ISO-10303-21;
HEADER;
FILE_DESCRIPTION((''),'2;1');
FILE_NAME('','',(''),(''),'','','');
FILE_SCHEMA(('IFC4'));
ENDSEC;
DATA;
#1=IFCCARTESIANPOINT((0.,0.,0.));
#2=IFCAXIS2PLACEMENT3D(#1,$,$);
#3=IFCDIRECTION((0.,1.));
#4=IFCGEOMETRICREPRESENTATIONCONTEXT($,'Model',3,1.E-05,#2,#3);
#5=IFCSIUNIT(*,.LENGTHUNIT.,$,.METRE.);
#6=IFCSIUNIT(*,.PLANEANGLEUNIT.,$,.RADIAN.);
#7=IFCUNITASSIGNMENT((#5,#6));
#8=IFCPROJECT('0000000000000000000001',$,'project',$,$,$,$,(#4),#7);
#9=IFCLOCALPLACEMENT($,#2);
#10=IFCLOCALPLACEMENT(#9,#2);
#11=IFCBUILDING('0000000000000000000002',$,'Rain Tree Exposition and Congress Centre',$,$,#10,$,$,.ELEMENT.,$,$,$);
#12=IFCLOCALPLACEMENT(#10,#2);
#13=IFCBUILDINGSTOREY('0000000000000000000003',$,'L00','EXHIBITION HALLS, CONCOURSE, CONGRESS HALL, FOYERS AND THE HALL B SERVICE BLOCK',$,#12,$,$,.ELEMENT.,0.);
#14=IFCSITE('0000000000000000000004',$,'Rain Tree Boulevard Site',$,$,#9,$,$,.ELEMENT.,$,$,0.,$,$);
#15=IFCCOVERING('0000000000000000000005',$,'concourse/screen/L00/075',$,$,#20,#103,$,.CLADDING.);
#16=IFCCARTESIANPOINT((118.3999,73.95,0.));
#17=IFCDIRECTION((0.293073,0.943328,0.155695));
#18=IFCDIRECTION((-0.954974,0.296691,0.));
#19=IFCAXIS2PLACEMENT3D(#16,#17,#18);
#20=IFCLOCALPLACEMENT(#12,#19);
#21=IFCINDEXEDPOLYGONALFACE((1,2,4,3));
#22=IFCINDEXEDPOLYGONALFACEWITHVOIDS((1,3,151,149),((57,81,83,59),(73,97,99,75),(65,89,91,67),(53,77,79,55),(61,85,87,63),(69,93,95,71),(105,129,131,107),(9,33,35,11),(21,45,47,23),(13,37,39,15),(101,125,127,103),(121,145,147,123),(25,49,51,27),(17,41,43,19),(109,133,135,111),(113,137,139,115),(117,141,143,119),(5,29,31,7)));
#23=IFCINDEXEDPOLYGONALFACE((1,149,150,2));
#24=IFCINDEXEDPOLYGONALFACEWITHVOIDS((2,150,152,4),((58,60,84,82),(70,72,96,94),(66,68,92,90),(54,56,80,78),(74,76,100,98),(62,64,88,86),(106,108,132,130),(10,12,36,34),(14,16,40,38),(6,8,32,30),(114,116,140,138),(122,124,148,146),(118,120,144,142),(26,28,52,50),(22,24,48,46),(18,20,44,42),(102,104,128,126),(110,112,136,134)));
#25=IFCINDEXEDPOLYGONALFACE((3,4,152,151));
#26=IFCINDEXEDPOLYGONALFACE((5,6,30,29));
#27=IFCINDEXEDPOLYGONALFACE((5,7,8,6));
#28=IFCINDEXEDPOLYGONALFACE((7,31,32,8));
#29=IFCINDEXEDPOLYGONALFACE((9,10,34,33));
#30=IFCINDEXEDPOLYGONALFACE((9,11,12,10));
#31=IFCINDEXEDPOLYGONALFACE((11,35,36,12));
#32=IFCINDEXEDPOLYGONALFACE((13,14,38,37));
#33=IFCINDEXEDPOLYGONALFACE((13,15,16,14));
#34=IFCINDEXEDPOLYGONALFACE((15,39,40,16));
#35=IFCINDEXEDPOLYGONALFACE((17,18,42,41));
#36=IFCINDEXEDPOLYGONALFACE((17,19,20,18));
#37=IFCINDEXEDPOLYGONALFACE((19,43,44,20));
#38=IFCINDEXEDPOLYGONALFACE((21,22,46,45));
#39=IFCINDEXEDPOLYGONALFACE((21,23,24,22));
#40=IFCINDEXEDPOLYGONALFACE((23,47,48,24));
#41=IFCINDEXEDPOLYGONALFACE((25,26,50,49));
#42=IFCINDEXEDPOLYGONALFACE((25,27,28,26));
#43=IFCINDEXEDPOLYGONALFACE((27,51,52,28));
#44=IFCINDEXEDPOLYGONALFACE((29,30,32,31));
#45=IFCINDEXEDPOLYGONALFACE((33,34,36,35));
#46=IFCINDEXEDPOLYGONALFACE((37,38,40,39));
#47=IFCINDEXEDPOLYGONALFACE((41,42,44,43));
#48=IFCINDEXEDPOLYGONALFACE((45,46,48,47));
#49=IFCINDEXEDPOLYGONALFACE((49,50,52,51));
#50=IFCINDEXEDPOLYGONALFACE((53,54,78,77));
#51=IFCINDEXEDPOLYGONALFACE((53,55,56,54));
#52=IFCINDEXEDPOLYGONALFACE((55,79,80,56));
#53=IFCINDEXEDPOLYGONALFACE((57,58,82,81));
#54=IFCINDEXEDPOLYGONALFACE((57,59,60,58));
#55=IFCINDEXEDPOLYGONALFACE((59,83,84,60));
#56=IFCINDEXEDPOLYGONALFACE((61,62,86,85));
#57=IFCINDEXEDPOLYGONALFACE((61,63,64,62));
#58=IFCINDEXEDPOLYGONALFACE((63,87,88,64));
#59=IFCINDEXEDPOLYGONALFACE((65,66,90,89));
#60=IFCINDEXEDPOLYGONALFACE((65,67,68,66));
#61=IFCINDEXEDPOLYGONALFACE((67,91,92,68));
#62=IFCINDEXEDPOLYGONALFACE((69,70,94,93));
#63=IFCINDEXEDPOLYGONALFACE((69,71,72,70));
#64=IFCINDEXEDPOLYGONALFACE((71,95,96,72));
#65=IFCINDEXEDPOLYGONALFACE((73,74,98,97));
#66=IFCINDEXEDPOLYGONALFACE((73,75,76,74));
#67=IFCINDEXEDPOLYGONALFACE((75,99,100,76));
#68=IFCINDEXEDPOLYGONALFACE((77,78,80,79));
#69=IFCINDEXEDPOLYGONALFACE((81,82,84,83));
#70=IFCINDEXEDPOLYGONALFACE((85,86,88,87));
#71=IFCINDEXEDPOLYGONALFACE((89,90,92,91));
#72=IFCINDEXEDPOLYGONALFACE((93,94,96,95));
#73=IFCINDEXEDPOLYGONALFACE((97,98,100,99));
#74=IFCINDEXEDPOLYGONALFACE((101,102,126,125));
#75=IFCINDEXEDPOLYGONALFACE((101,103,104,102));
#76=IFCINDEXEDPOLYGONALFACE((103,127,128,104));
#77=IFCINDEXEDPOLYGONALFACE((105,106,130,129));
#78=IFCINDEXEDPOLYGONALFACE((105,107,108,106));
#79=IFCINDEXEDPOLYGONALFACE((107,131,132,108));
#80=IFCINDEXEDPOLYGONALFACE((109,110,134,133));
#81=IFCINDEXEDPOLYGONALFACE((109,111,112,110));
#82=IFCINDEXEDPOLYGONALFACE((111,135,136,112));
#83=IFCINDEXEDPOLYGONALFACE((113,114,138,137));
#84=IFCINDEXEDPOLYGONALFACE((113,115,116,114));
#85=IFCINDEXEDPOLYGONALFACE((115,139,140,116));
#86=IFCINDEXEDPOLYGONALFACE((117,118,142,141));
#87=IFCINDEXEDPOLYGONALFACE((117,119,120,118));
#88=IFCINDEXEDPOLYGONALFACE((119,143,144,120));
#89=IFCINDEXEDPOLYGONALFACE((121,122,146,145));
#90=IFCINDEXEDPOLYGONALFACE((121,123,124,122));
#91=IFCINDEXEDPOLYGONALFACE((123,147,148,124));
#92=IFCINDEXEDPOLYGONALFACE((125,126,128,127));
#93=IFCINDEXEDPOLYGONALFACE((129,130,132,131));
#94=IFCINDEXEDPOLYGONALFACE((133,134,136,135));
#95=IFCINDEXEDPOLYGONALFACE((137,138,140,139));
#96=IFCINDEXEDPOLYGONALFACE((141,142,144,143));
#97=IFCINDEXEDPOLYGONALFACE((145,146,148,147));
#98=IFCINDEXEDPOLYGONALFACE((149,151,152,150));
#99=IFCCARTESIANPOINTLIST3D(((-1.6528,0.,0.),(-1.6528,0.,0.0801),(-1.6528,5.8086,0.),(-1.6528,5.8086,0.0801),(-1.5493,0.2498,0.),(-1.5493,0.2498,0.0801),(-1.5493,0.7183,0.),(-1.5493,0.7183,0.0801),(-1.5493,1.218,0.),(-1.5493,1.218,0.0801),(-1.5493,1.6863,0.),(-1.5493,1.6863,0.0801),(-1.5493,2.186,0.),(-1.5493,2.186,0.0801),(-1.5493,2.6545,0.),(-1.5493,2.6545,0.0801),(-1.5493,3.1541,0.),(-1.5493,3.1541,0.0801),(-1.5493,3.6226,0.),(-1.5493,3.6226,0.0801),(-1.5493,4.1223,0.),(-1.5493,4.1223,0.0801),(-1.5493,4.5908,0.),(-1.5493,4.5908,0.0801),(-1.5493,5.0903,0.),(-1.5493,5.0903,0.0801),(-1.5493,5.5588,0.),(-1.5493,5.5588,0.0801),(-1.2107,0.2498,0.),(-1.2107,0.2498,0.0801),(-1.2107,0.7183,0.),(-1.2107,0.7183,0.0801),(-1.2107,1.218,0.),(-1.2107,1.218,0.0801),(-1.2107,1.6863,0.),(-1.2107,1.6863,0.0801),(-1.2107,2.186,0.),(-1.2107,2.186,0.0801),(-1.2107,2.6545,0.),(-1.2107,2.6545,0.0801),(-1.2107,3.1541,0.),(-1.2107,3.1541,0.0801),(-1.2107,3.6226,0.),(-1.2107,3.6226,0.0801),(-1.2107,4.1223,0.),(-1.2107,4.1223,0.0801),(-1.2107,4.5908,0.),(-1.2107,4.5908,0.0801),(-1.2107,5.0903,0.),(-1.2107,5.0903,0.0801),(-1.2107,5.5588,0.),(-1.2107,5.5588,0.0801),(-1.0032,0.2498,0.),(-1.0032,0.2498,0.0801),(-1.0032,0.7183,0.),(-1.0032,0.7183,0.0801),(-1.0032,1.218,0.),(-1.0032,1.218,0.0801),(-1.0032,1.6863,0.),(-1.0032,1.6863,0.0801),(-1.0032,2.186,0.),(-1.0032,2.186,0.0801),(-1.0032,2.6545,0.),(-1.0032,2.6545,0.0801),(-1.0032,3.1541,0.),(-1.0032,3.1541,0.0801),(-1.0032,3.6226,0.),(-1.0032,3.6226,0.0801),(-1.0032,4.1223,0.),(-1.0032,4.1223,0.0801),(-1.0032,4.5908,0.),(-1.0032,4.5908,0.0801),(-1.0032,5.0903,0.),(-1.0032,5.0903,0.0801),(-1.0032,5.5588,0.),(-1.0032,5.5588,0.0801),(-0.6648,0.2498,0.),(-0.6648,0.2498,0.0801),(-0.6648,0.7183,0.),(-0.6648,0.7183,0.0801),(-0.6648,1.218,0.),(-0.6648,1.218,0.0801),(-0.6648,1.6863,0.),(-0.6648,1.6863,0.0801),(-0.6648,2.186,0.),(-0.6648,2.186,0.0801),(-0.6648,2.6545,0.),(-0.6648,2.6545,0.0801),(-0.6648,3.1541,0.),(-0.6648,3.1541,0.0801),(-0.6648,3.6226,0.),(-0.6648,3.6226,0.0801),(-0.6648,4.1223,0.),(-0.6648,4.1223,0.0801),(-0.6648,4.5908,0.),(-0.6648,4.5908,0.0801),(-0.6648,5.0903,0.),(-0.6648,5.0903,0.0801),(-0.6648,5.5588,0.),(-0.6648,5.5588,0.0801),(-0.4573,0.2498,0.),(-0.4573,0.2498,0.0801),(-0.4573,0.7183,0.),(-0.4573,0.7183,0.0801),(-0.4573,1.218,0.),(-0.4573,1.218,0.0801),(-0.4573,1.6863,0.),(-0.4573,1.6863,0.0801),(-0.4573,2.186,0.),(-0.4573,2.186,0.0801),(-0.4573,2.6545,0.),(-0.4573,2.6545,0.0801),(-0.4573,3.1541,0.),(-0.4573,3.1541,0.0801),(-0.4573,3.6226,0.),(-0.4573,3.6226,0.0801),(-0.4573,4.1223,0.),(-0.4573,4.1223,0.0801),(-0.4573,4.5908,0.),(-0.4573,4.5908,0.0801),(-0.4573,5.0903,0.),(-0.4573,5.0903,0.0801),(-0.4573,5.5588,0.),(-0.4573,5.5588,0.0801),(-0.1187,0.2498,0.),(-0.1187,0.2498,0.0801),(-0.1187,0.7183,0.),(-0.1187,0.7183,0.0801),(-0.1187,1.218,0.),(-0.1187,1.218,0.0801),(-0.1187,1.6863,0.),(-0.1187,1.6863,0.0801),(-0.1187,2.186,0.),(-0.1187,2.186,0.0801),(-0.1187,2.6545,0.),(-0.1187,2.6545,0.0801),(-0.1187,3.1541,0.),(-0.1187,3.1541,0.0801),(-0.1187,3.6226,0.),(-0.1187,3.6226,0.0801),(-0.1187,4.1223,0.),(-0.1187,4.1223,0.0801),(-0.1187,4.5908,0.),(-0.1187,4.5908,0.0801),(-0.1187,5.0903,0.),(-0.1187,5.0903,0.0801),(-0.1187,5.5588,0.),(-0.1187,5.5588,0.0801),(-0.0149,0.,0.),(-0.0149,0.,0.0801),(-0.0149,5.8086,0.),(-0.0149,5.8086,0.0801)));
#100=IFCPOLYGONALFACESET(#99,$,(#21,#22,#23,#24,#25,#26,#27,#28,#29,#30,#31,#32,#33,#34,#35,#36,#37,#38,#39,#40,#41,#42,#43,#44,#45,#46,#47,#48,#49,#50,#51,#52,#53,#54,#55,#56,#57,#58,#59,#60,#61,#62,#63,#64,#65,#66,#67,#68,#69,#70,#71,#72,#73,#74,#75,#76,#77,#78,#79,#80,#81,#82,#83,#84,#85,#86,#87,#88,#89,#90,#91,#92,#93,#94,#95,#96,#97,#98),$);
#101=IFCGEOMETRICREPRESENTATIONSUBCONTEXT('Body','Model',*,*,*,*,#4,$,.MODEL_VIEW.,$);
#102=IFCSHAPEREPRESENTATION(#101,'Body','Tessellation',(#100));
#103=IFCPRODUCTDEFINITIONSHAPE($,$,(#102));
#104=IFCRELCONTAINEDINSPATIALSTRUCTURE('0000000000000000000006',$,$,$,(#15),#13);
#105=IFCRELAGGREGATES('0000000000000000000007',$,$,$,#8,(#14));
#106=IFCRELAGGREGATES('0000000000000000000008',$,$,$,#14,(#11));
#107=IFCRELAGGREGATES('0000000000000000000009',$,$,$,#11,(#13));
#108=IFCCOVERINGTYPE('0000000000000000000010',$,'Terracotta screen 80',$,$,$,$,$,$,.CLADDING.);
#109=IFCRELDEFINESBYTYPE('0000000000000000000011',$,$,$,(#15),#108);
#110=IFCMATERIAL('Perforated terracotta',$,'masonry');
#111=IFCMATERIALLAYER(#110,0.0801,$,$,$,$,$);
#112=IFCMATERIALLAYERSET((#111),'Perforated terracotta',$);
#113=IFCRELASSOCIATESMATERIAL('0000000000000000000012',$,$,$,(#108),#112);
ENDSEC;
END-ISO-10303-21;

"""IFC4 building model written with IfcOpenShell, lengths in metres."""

from ifc_helpers import new_model, si_unit, direction, frame, origin, place, context, subcontext, project, spatial, polyline, outline, extrude, material, layer, layer_set, type_object, element, save


model = new_model("IFC4")

# Units and contexts
model_context = context("Model", 3, precision=1e-05, world=origin(), true_north=direction((0.0, 1.0)))
body_context = subcontext(model_context, "Body", "Model", "MODEL_VIEW")
ifc_project = project(units=[si_unit("LENGTHUNIT", "METRE"), si_unit("PLANEANGLEUNIT", "RADIAN")], contexts=[model_context])

# Site, building, storey
site_placement = place(None, origin())
site = spatial("IfcSite", under=ifc_project, at=site_placement, Name="Rain Tree Boulevard Site", CompositionType="ELEMENT", RefElevation=0.0)
building_placement = place(site_placement, origin())
building = spatial("IfcBuilding", under=site, at=building_placement, Name="Rain Tree Exposition and Congress Centre", CompositionType="ELEMENT")
storey_placement = place(building_placement, origin())
storey = spatial("IfcBuildingStorey", under=building, at=storey_placement, Name="L00", Description="EXHIBITION HALLS, CONCOURSE, CONGRESS HALL, FOYERS AND THE HALL B SERVICE BLOCK", CompositionType="ELEMENT", Elevation=0.0)

# Covering
ifc_material_1 = material(Name="Perforated terracotta", Category="masonry")
ifc_layer_1 = layer(ifc_material_1, 0.0801)
ifc_layer_set_1 = layer_set([ifc_layer_1], Name="Perforated terracotta")
covering_type_1 = type_object("IfcCoveringType", Name="Terracotta screen 80", PredefinedType="CLADDING", material=ifc_layer_set_1)
covering_1_placement = place(storey_placement, frame((118.3999, 73.95, 0.0), z_axis=(0.293073, 0.943328, 0.155695), x_axis=(-0.954974, 0.296691, 0.0)))
element("IfcCovering", 1, at=covering_1_placement, inside=storey, type_object=covering_type_1, Name="concourse/screen/L00/075", PredefinedType="CLADDING", context=body_context, shape_type="SweptSolid", body=[
    extrude(outline(polyline([(-0.0149, 0.0), (-1.6528, 0.0), (-1.6528, 5.8086), (-0.0149, 5.8086), (-0.0149, 0.0)]), holes=[polyline([(-0.1187, 0.2498), (-0.1187, 0.7183), (-0.4573, 0.7183), (-0.4573, 0.2498), (-0.1187, 0.2498)]), polyline([(-0.1187, 1.218), (-0.1187, 1.6863), (-0.4573, 1.6863), (-0.4573, 1.218), (-0.1187, 1.218)]), polyline([(-0.1187, 2.186), (-0.1187, 2.6545), (-0.4573, 2.6545), (-0.4573, 2.186), (-0.1187, 2.186)]), polyline([(-0.1187, 3.1541), (-0.1187, 3.6226), (-0.4573, 3.6226), (-0.4573, 3.1541), (-0.1187, 3.1541)]), polyline([(-0.1187, 4.1223), (-0.1187, 4.5908), (-0.4573, 4.5908), (-0.4573, 4.1223), (-0.1187, 4.1223)]), polyline([(-0.1187, 5.0903), (-0.1187, 5.5588), (-0.4573, 5.5588), (-0.4573, 5.0903), (-0.1187, 5.0903)]), polyline([(-0.6648, 0.2498), (-0.6648, 0.7183), (-1.0032, 0.7183), (-1.0032, 0.2498), (-0.6648, 0.2498)]), polyline([(-0.6648, 1.218), (-0.6648, 1.6863), (-1.0032, 1.6863), (-1.0032, 1.218), (-0.6648, 1.218)]), polyline([(-0.6648, 2.186), (-0.6648, 2.6545), (-1.0032, 2.6545), (-1.0032, 2.186), (-0.6648, 2.186)]), polyline([(-0.6648, 3.1541), (-0.6648, 3.6226), (-1.0032, 3.6226), (-1.0032, 3.1541), (-0.6648, 3.1541)]), polyline([(-0.6648, 4.1223), (-0.6648, 4.5908), (-1.0032, 4.5908), (-1.0032, 4.1223), (-0.6648, 4.1223)]), polyline([(-0.6648, 5.0903), (-0.6648, 5.5588), (-1.0032, 5.5588), (-1.0032, 5.0903), (-0.6648, 5.0903)]), polyline([(-1.2107, 0.2498), (-1.2107, 0.7183), (-1.5493, 0.7183), (-1.5493, 0.2498), (-1.2107, 0.2498)]), polyline([(-1.2107, 1.218), (-1.2107, 1.6863), (-1.5493, 1.6863), (-1.5493, 1.218), (-1.2107, 1.218)]), polyline([(-1.2107, 2.186), (-1.2107, 2.6545), (-1.5493, 2.6545), (-1.5493, 2.186), (-1.2107, 2.186)]), polyline([(-1.2107, 3.1541), (-1.2107, 3.6226), (-1.5493, 3.6226), (-1.5493, 3.1541), (-1.2107, 3.1541)]), polyline([(-1.2107, 4.1223), (-1.2107, 4.5908), (-1.5493, 4.5908), (-1.5493, 4.1223), (-1.2107, 4.1223)]), polyline([(-1.2107, 5.0903), (-1.2107, 5.5588), (-1.5493, 5.5588), (-1.5493, 5.0903), (-1.2107, 5.0903)])]), origin(), (0.0, 0.0, 1.0), 0.0801),
])

save(model, "model.ifc")
